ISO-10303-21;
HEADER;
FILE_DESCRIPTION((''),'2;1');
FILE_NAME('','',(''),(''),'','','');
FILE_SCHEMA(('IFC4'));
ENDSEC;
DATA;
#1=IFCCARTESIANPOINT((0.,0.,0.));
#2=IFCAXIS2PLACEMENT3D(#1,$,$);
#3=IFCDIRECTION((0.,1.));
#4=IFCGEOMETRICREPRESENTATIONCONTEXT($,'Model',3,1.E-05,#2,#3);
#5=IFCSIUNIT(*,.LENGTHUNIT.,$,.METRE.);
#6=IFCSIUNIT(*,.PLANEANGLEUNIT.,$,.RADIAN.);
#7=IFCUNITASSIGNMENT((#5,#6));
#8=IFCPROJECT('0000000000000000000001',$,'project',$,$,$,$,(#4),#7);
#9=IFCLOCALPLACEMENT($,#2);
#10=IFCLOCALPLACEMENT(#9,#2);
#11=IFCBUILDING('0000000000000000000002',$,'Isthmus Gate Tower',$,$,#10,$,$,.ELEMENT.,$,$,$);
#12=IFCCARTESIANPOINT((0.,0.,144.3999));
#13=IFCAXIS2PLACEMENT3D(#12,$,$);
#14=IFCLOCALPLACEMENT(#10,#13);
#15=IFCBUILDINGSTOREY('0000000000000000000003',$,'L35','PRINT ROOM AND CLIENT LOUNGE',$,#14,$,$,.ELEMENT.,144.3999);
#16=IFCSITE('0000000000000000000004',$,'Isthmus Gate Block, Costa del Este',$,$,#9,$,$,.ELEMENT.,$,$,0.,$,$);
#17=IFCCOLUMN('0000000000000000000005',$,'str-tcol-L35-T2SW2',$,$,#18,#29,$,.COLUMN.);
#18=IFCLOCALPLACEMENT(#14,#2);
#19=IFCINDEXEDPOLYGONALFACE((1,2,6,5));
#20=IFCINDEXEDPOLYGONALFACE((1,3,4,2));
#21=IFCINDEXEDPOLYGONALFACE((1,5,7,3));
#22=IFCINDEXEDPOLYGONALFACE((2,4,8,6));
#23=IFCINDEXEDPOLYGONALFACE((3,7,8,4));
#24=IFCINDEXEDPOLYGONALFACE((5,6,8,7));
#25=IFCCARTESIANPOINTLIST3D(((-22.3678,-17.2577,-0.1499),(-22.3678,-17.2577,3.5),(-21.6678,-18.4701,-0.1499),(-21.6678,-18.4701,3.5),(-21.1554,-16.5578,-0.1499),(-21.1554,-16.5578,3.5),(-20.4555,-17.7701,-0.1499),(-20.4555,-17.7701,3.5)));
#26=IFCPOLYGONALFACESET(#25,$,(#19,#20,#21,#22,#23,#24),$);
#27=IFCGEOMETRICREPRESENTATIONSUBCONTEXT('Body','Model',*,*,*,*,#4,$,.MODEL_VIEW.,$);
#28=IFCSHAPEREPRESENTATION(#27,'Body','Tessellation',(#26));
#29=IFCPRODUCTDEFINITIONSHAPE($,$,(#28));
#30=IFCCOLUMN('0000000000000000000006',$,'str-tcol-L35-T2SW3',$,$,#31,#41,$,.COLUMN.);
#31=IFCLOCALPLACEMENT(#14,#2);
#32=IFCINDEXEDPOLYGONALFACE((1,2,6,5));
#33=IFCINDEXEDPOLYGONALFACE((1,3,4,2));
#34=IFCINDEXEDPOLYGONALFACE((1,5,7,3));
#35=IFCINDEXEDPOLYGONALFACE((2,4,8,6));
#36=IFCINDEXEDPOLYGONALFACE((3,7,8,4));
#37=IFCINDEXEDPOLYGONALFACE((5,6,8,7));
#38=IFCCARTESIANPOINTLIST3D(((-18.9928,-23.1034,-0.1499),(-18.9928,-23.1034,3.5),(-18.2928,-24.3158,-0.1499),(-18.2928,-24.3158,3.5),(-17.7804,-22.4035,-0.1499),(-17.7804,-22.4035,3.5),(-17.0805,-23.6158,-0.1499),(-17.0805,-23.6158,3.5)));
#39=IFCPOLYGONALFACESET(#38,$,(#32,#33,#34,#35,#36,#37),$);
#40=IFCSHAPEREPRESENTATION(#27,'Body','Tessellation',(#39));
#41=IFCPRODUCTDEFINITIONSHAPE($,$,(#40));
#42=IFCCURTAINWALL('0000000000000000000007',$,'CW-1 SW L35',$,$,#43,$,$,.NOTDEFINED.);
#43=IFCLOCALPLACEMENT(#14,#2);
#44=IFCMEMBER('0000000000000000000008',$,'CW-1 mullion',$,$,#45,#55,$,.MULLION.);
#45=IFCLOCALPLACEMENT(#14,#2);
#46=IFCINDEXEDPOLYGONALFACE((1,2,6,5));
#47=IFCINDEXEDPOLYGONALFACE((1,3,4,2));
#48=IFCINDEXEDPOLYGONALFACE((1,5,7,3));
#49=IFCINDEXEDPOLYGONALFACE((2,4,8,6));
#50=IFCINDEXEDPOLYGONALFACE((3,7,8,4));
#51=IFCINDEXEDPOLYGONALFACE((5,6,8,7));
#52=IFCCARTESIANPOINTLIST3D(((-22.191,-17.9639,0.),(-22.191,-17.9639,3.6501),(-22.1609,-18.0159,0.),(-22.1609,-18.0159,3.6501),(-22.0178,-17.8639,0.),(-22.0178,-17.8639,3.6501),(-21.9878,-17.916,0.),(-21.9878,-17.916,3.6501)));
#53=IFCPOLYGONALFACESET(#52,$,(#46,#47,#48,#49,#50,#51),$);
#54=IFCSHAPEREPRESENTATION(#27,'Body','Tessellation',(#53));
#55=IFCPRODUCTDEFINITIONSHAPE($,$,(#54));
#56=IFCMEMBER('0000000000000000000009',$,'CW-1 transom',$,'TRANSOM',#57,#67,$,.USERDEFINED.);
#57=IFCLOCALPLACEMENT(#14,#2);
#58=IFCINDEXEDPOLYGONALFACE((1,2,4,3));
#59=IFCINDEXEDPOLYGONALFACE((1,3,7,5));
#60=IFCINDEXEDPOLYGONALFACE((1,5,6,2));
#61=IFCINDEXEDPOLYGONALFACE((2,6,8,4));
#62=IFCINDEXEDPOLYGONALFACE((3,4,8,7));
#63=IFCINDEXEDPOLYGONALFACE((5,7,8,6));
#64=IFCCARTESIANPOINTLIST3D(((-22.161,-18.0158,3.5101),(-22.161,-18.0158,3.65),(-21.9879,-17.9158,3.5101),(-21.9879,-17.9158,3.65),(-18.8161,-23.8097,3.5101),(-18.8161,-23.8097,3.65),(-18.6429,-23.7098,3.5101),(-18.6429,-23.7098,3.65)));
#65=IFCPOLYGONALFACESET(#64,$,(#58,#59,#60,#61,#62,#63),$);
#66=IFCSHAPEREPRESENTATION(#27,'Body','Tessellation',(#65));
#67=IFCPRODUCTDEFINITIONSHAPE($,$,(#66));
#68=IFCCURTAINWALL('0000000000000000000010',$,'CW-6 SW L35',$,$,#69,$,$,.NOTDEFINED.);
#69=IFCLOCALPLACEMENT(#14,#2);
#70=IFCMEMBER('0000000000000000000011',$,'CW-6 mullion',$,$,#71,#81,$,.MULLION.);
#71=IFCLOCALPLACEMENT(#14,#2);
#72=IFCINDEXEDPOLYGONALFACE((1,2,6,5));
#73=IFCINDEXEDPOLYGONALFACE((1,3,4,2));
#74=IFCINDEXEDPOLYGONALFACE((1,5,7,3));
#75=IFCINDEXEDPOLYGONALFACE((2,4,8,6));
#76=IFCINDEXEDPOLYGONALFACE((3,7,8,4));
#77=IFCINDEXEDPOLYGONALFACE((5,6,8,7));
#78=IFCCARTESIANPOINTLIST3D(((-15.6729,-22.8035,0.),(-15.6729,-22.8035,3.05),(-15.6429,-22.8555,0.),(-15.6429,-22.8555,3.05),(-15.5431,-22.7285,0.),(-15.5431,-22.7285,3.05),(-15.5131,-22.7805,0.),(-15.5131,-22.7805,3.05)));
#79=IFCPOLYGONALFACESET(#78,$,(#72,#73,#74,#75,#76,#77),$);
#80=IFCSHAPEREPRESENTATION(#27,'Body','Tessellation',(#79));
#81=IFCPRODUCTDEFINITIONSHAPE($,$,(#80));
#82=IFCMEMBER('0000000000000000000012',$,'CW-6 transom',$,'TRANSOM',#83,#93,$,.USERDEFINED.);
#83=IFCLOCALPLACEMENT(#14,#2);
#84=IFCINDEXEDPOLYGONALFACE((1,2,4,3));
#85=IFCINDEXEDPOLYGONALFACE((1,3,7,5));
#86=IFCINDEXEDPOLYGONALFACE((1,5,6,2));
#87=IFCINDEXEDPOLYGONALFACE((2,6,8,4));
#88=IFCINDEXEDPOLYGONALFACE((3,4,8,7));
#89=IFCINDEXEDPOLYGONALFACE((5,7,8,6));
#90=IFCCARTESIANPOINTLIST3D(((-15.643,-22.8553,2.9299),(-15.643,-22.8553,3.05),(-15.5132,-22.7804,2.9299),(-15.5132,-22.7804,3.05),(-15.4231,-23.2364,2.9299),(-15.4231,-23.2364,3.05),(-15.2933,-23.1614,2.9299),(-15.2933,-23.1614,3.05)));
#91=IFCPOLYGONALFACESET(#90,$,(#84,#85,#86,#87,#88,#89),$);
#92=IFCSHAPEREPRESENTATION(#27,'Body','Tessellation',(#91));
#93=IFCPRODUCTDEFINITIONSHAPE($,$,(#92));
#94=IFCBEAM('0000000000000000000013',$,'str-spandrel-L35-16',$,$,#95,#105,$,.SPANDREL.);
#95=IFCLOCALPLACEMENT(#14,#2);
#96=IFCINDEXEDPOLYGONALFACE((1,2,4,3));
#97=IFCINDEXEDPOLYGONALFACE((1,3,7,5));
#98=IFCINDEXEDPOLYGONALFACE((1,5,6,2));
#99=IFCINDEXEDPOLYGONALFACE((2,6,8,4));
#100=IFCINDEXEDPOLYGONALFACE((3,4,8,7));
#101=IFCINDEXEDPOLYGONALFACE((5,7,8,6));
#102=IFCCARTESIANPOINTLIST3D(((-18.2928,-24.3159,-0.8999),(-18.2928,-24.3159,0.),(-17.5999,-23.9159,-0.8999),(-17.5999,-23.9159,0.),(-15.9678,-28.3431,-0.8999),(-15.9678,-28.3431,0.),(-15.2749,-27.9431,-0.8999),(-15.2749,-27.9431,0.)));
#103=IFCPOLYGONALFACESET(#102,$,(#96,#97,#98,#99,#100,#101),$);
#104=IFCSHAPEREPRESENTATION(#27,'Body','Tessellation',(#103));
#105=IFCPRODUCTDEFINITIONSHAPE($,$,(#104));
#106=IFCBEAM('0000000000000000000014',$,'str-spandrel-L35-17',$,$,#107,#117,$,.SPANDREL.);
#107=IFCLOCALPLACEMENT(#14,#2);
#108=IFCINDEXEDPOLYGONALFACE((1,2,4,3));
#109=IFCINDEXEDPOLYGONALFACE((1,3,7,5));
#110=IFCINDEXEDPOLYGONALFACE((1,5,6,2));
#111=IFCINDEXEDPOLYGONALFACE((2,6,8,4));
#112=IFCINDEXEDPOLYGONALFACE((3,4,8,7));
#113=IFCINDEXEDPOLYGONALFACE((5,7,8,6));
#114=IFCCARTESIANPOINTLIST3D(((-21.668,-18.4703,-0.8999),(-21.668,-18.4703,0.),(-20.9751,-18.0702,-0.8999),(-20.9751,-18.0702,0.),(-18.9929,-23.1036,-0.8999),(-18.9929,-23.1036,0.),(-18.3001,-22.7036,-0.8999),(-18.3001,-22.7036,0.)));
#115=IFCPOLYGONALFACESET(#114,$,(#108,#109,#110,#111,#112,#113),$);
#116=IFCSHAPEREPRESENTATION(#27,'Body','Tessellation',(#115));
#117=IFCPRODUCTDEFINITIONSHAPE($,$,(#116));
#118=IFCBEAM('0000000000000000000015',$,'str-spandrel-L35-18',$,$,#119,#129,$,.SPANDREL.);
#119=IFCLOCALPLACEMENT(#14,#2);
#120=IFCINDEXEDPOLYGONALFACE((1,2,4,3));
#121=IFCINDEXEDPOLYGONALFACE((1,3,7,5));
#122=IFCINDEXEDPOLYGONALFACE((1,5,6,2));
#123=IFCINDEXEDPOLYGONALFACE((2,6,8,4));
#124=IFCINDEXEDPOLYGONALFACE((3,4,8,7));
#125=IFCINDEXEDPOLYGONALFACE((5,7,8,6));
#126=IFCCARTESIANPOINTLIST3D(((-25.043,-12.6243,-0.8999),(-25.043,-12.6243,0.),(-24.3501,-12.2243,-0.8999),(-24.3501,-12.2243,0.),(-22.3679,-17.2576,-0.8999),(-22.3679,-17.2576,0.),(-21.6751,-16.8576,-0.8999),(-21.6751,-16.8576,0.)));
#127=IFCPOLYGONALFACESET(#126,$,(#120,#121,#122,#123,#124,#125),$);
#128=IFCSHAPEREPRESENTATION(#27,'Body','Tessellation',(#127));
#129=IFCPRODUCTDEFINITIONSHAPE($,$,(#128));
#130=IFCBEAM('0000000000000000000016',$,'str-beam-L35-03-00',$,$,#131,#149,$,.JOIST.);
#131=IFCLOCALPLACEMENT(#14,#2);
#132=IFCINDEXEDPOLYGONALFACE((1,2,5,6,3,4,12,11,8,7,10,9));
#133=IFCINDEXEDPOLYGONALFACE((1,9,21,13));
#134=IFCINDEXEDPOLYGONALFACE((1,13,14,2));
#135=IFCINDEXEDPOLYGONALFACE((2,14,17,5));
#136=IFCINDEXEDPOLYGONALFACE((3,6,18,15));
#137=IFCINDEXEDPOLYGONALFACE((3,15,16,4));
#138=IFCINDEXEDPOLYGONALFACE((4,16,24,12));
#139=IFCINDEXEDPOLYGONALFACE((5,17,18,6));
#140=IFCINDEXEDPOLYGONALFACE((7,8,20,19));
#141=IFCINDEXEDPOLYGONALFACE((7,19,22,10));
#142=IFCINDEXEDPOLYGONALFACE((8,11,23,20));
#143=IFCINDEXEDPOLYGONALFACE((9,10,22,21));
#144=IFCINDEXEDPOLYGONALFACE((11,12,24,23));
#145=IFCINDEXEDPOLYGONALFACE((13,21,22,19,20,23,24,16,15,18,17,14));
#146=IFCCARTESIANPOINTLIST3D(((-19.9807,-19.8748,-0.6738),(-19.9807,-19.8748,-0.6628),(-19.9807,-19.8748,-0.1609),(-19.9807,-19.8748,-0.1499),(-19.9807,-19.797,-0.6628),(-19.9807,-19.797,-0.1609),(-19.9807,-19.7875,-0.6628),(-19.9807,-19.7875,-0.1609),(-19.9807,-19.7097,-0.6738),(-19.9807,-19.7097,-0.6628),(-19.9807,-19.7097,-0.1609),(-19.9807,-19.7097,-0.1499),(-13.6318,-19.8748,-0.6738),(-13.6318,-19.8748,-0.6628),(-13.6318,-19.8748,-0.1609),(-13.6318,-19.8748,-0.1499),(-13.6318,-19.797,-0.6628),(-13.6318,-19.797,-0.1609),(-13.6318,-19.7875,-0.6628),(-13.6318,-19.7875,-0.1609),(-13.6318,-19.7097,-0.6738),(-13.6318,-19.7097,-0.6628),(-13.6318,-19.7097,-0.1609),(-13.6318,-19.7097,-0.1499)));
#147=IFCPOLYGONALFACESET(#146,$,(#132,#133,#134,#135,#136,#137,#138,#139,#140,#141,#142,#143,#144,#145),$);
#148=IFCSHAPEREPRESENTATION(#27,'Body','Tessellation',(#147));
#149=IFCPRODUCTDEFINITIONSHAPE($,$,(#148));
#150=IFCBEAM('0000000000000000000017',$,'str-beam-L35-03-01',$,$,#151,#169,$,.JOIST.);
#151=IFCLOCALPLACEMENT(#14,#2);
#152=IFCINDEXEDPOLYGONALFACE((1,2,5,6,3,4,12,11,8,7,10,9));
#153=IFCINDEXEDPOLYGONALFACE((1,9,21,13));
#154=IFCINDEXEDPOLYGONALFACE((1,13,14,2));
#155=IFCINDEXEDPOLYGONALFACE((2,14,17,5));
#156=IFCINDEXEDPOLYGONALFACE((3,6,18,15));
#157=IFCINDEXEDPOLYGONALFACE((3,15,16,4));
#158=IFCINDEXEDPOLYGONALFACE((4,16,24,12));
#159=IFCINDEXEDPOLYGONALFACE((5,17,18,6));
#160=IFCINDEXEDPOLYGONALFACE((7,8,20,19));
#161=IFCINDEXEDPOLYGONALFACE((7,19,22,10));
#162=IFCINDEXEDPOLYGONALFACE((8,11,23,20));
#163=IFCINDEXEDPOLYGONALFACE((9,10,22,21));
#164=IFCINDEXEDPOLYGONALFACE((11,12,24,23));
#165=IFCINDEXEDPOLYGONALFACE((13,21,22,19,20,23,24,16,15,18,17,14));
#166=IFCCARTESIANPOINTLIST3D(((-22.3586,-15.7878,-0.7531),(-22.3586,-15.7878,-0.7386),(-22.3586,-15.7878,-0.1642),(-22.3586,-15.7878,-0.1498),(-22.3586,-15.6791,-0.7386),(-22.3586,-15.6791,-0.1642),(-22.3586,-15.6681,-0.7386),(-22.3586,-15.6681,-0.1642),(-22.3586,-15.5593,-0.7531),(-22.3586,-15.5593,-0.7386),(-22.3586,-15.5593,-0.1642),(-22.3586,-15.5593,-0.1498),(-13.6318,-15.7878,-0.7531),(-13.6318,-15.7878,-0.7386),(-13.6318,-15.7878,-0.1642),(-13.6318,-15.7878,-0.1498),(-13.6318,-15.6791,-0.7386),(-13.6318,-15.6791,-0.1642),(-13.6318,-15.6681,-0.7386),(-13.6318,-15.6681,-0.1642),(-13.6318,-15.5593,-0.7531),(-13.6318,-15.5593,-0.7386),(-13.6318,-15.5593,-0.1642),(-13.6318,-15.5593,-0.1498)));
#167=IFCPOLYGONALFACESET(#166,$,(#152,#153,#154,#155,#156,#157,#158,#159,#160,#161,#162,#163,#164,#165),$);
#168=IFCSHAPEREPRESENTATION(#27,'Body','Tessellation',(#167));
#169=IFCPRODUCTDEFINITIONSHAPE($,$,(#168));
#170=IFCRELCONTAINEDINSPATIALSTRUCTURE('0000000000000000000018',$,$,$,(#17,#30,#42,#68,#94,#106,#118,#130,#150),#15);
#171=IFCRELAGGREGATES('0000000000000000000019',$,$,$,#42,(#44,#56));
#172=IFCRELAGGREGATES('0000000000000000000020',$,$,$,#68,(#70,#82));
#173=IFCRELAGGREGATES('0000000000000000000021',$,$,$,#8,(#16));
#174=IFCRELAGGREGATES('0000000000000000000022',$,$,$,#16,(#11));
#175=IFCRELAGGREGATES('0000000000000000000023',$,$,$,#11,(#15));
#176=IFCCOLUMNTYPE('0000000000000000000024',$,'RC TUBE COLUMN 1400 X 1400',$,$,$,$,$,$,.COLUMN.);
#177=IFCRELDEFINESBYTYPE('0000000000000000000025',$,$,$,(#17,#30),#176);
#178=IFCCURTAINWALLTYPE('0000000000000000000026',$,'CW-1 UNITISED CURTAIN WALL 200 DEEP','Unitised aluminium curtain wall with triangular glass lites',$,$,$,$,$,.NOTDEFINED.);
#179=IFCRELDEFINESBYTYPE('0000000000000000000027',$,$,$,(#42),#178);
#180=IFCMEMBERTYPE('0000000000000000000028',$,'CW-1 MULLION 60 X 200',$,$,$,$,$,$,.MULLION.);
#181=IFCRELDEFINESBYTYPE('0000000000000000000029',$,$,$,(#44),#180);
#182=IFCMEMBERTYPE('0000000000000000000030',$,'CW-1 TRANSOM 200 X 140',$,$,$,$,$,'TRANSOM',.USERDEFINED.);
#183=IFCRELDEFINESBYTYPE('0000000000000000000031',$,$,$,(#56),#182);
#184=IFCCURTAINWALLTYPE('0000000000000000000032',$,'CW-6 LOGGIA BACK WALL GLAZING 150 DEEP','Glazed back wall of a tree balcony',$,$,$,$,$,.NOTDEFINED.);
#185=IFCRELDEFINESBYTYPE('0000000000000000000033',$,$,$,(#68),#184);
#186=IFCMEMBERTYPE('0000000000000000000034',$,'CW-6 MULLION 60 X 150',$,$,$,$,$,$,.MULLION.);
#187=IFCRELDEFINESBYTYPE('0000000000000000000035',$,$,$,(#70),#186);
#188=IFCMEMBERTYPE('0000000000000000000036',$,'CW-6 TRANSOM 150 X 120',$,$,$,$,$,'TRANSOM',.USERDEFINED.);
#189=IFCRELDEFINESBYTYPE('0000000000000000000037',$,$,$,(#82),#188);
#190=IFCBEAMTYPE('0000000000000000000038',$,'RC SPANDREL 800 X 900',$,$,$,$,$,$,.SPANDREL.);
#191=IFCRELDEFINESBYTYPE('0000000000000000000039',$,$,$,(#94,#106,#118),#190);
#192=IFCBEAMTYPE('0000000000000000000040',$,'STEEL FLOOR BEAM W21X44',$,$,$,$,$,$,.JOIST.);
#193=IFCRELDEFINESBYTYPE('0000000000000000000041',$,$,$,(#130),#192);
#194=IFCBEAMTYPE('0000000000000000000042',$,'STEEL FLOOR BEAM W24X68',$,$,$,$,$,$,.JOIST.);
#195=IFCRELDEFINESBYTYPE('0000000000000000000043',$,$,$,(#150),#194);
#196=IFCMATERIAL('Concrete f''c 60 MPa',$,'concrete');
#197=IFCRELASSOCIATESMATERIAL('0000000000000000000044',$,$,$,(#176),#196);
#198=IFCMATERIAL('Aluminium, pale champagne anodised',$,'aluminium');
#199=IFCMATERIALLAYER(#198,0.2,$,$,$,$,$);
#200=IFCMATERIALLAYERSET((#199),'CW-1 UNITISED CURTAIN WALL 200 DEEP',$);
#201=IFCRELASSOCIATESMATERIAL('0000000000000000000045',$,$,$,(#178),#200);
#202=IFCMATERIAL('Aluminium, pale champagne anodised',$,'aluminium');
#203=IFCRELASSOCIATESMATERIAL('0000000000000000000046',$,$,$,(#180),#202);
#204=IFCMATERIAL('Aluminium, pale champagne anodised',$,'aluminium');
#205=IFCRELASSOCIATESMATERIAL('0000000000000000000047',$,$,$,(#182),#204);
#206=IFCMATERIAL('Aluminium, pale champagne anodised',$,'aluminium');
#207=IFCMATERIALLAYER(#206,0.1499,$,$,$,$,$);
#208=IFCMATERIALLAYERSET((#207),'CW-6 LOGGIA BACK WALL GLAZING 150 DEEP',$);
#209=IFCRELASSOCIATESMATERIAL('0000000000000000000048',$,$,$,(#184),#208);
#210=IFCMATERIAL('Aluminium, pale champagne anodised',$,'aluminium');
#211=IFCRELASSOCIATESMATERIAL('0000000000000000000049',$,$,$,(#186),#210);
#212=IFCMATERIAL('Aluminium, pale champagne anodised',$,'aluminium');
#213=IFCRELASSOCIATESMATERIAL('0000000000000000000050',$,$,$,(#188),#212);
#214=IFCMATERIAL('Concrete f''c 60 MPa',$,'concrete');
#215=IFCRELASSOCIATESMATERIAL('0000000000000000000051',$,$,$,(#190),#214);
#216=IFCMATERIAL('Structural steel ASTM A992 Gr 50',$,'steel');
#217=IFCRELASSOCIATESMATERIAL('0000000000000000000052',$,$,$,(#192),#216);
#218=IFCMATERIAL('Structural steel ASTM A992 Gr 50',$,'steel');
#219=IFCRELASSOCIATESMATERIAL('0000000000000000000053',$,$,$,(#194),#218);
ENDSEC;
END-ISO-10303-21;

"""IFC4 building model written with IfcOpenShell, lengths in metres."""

from ifc_helpers import new_model, si_unit, direction, frame, origin, origin_2d, place, context, subcontext, project, spatial, rectangle, i_section, extrude, material, layer, layer_set, material_profile, profile_set, type_object, element, aggregate, save


model = new_model("IFC4")

# Units and contexts
model_context = context("Model", 3, precision=1e-05, world=origin(), true_north=direction((0.0, 1.0)))
body_context = subcontext(model_context, "Body", "Model", "MODEL_VIEW")
ifc_project = project(units=[si_unit("LENGTHUNIT", "METRE"), si_unit("PLANEANGLEUNIT", "RADIAN")], contexts=[model_context])

# Site, building, storey
site_placement = place(None, origin())
site = spatial("IfcSite", under=ifc_project, at=site_placement, Name="Isthmus Gate Block, Costa del Este", CompositionType="ELEMENT", RefElevation=0.0)
building_placement = place(site_placement, origin())
building = spatial("IfcBuilding", under=site, at=building_placement, Name="Isthmus Gate Tower", CompositionType="ELEMENT")
storey_placement = place(building_placement, frame((0.0, 0.0, 144.3999)))
storey = spatial("IfcBuildingStorey", under=building, at=storey_placement, Name="L35", Description="PRINT ROOM AND CLIENT LOUNGE", CompositionType="ELEMENT", Elevation=144.3999)

# Columns
ifc_material_1 = material(Name="Concrete f'c 60 MPa", Category="concrete")
ifc_material_profile_1 = material_profile(ifc_material_1, rectangle(XDim=1.3999, YDim=1.3999, at=origin_2d()), Name="RC 1400X1400")
ifc_profile_set_1 = profile_set([ifc_material_profile_1], Name="Concrete f'c 60 MPa")
column_type = type_object("IfcColumnType", Name="RC TUBE COLUMN 1400 X 1400", PredefinedType="COLUMN", material=ifc_profile_set_1)
for number, where, z_axis, x_axis, name in (
    (1, (-21.4116, -17.5139, -0.1499), (0.0, 0.0, 1.0), (0.5, -0.866025, 0.0), "str-tcol-L35-T2SW2"),
    (2, (-18.0366, -23.3596, -0.1499), (0.0, 0.0, 1.0), (0.5, -0.866025, 0.0), "str-tcol-L35-T2SW3"),
):
    element("IfcColumn", number, at=place(storey_placement, frame(where, z_axis=z_axis, x_axis=x_axis)), inside=storey, type_object=column_type, Name=name, PredefinedType="COLUMN", context=body_context, shape_type="SweptSolid", body=[
        extrude(rectangle(XDim=1.3999, YDim=1.3999, at=origin_2d()), origin(), (0.0, 0.0, 1.0), 3.6499),
    ])

# Curtain walls, members
ifc_material_2 = material(Name="Aluminium, pale champagne anodised", Category="aluminium")
ifc_layer_1 = layer(ifc_material_2, 0.2)
ifc_layer_set_1 = layer_set([ifc_layer_1], Name="CW-1 UNITISED CURTAIN WALL 200 DEEP")
curtain_wall_type_1 = type_object("IfcCurtainWallType", Name="CW-1 UNITISED CURTAIN WALL 200 DEEP", Description="Unitised aluminium curtain wall with triangular glass lites", PredefinedType="NOTDEFINED", material=ifc_layer_set_1)
curtain_wall_1_placement = place(storey_placement, origin())
curtain_wall_1 = element("IfcCurtainWall", 3, at=curtain_wall_1_placement, inside=storey, type_object=curtain_wall_type_1, Name="CW-1 SW L35", PredefinedType="NOTDEFINED")
ifc_material_3 = material(Name="Aluminium, pale champagne anodised", Category="aluminium")
ifc_material_profile_2 = material_profile(ifc_material_3, rectangle(XDim=0.0601, YDim=0.2, at=origin_2d()), Name="60x200")
ifc_profile_set_2 = profile_set([ifc_material_profile_2], Name="Aluminium, pale champagne anodised")
member_type_1 = type_object("IfcMemberType", Name="CW-1 MULLION 60 X 200", PredefinedType="MULLION", material=ifc_profile_set_2)
member_1_placement = place(storey_placement, frame((-22.0894, -17.9399, 0.0), z_axis=(0.0, 0.0, 1.0), x_axis=(0.5, -0.866025, 0.0)))
member_1 = element("IfcMember", 4, at=member_1_placement, type_object=member_type_1, Name="CW-1 mullion", PredefinedType="MULLION", context=body_context, shape_type="SweptSolid", body=[
    extrude(rectangle(XDim=0.0601, YDim=0.2, at=origin_2d()), origin(), (0.0, 0.0, 1.0), 3.6501),
])
ifc_material_4 = material(Name="Aluminium, pale champagne anodised", Category="aluminium")
ifc_material_profile_3 = material_profile(ifc_material_4, rectangle(XDim=0.2, YDim=0.1399, at=origin_2d()), Name="200x140")
ifc_profile_set_3 = profile_set([ifc_material_profile_3], Name="Aluminium, pale champagne anodised")
member_type_2 = type_object("IfcMemberType", Name="CW-1 TRANSOM 200 X 140", ElementType="TRANSOM", PredefinedType="USERDEFINED", material=ifc_profile_set_3)
member_2_placement = place(storey_placement, frame((-22.0745, -17.9658, 3.5801), z_axis=(0.499981, -0.866036, 0.0), x_axis=(0.866036, 0.499981, 0.0)))
member_2 = element("IfcMember", 5, at=member_2_placement, type_object=member_type_2, Name="CW-1 transom", ObjectType="TRANSOM", PredefinedType="USERDEFINED", context=body_context, shape_type="SweptSolid", body=[
    extrude(rectangle(XDim=0.2, YDim=0.1399, at=origin_2d()), origin(), (0.0, 0.0, 1.0), 6.6902),
])
ifc_material_5 = material(Name="Aluminium, pale champagne anodised", Category="aluminium")
ifc_layer_2 = layer(ifc_material_5, 0.1499)
ifc_layer_set_2 = layer_set([ifc_layer_2], Name="CW-6 LOGGIA BACK WALL GLAZING 150 DEEP")
curtain_wall_type_2 = type_object("IfcCurtainWallType", Name="CW-6 LOGGIA BACK WALL GLAZING 150 DEEP", Description="Glazed back wall of a tree balcony", PredefinedType="NOTDEFINED", material=ifc_layer_set_2)
curtain_wall_2_placement = place(storey_placement, origin())
curtain_wall_2 = element("IfcCurtainWall", 6, at=curtain_wall_2_placement, inside=storey, type_object=curtain_wall_type_2, Name="CW-6 SW L35", PredefinedType="NOTDEFINED")
ifc_material_6 = material(Name="Aluminium, pale champagne anodised", Category="aluminium")
ifc_material_profile_4 = material_profile(ifc_material_6, rectangle(XDim=0.0601, YDim=0.1499, at=origin_2d()), Name="60x150")
ifc_profile_set_4 = profile_set([ifc_material_profile_4], Name="Aluminium, pale champagne anodised")
member_type_3 = type_object("IfcMemberType", Name="CW-6 MULLION 60 X 150", PredefinedType="MULLION", material=ifc_profile_set_4)
member_3_placement = place(storey_placement, frame((-15.593, -22.792, 0.0), z_axis=(0.0, 0.0, 1.0), x_axis=(0.5, -0.866025, 0.0)))
member_3 = element("IfcMember", 7, at=member_3_placement, type_object=member_type_3, Name="CW-6 mullion", PredefinedType="MULLION", context=body_context, shape_type="SweptSolid", body=[
    extrude(rectangle(XDim=0.0601, YDim=0.1499, at=origin_2d()), origin(), (0.0, 0.0, 1.0), 3.05),
])
ifc_material_7 = material(Name="Aluminium, pale champagne anodised", Category="aluminium")
ifc_material_profile_5 = material_profile(ifc_material_7, rectangle(XDim=0.1499, YDim=0.1201, at=origin_2d()), Name="150x120")
ifc_profile_set_5 = profile_set([ifc_material_profile_5], Name="Aluminium, pale champagne anodised")
member_type_4 = type_object("IfcMemberType", Name="CW-6 TRANSOM 150 X 120", ElementType="TRANSOM", PredefinedType="USERDEFINED", material=ifc_profile_set_5)
member_4_placement = place(storey_placement, frame((-15.5781, -22.8179, 2.99), z_axis=(0.499899, -0.866084, 0.0), x_axis=(0.866084, 0.499899, 0.0)))
member_4 = element("IfcMember", 8, at=member_4_placement, type_object=member_type_4, Name="CW-6 transom", ObjectType="TRANSOM", PredefinedType="USERDEFINED", context=body_context, shape_type="SweptSolid", body=[
    extrude(rectangle(XDim=0.1499, YDim=0.1201, at=origin_2d()), origin(), (0.0, 0.0, 1.0), 0.4399),
])

# Beams
ifc_material_8 = material(Name="Concrete f'c 60 MPa", Category="concrete")
ifc_material_profile_6 = material_profile(ifc_material_8, rectangle(XDim=0.8, YDim=0.8999, at=origin_2d()), Name="RC 800X900")
ifc_profile_set_6 = profile_set([ifc_material_profile_6], Name="Concrete f'c 60 MPa")
beam_type_1 = type_object("IfcBeamType", Name="RC SPANDREL 800 X 900", PredefinedType="SPANDREL", material=ifc_profile_set_6)
beam_1_placement = place(storey_placement, frame((-15.6213, -28.1431, -0.45), z_axis=(-0.499985, 0.866034, 0.0), x_axis=(-0.866034, -0.499985, 0.0)))
element("IfcBeam", 9, at=beam_1_placement, inside=storey, type_object=beam_type_1, Name="str-spandrel-L35-16", PredefinedType="SPANDREL", context=body_context, shape_type="SweptSolid", body=[
    extrude(rectangle(XDim=0.8, YDim=0.8999, at=origin_2d()), origin(), (0.0, 0.0, 1.0), 4.6501),
])
for number, where, z_axis, x_axis, name in (
    (10, (-18.6465, -22.9036, -0.45), (-0.500002, 0.866024, 0.0), (-0.866024, -0.500002, 0.0), "str-spandrel-L35-17"),
    (11, (-22.0215, -17.0576, -0.45), (-0.500002, 0.866024, 0.0), (-0.866024, -0.500002, 0.0), "str-spandrel-L35-18"),
):
    element("IfcBeam", number, at=place(storey_placement, frame(where, z_axis=z_axis, x_axis=x_axis)), inside=storey, type_object=beam_type_1, Name=name, PredefinedType="SPANDREL", context=body_context, shape_type="SweptSolid", body=[
        extrude(rectangle(XDim=0.8, YDim=0.8999, at=origin_2d()), origin(), (0.0, 0.0, 1.0), 5.3501),
    ])
ifc_material_9 = material(Name="Structural steel ASTM A992 Gr 50", Category="steel")
ifc_material_profile_7 = material_profile(ifc_material_9, i_section(OverallWidth=0.165, OverallDepth=0.5239, WebThickness=0.0095, FlangeThickness=0.011, at=origin_2d()), Name="W21X44")
ifc_profile_set_7 = profile_set([ifc_material_profile_7], Name="Structural steel ASTM A992 Gr 50")
beam_type_2 = type_object("IfcBeamType", Name="STEEL FLOOR BEAM W21X44", PredefinedType="JOIST", material=ifc_profile_set_7)
beam_2_placement = place(storey_placement, frame((-19.9807, -19.7922, -0.4119), z_axis=(1.0, 0.0, 0.0), x_axis=(0.0, 1.0, 0.0)))
element("IfcBeam", 12, at=beam_2_placement, inside=storey, type_object=beam_type_2, Name="str-beam-L35-03-00", PredefinedType="JOIST", context=body_context, shape_type="SweptSolid", body=[
    extrude(i_section(OverallWidth=0.165, OverallDepth=0.5239, WebThickness=0.0095, FlangeThickness=0.011, at=origin_2d()), origin(), (0.0, 0.0, 1.0), 6.3489),
])
ifc_material_10 = material(Name="Structural steel ASTM A992 Gr 50", Category="steel")
ifc_material_profile_8 = material_profile(ifc_material_10, i_section(OverallWidth=0.2285, OverallDepth=0.6033, WebThickness=0.011, FlangeThickness=0.0144, at=origin_2d()), Name="W24X68")
ifc_profile_set_8 = profile_set([ifc_material_profile_8], Name="Structural steel ASTM A992 Gr 50")
beam_type_3 = type_object("IfcBeamType", Name="STEEL FLOOR BEAM W24X68", PredefinedType="JOIST", material=ifc_profile_set_8)
beam_3_placement = place(storey_placement, frame((-22.3586, -15.6736, -0.4514), z_axis=(1.0, 0.0, 0.0), x_axis=(0.0, 1.0, 0.0)))
element("IfcBeam", 13, at=beam_3_placement, inside=storey, type_object=beam_type_3, Name="str-beam-L35-03-01", PredefinedType="JOIST", context=body_context, shape_type="SweptSolid", body=[
    extrude(i_section(OverallWidth=0.2285, OverallDepth=0.6033, WebThickness=0.011, FlangeThickness=0.0144, at=origin_2d()), origin(), (0.0, 0.0, 1.0), 8.7268),
])

aggregate(curtain_wall_1, [member_1, member_2])
aggregate(curtain_wall_2, [member_3, member_4])

save(model, "model.ifc")
